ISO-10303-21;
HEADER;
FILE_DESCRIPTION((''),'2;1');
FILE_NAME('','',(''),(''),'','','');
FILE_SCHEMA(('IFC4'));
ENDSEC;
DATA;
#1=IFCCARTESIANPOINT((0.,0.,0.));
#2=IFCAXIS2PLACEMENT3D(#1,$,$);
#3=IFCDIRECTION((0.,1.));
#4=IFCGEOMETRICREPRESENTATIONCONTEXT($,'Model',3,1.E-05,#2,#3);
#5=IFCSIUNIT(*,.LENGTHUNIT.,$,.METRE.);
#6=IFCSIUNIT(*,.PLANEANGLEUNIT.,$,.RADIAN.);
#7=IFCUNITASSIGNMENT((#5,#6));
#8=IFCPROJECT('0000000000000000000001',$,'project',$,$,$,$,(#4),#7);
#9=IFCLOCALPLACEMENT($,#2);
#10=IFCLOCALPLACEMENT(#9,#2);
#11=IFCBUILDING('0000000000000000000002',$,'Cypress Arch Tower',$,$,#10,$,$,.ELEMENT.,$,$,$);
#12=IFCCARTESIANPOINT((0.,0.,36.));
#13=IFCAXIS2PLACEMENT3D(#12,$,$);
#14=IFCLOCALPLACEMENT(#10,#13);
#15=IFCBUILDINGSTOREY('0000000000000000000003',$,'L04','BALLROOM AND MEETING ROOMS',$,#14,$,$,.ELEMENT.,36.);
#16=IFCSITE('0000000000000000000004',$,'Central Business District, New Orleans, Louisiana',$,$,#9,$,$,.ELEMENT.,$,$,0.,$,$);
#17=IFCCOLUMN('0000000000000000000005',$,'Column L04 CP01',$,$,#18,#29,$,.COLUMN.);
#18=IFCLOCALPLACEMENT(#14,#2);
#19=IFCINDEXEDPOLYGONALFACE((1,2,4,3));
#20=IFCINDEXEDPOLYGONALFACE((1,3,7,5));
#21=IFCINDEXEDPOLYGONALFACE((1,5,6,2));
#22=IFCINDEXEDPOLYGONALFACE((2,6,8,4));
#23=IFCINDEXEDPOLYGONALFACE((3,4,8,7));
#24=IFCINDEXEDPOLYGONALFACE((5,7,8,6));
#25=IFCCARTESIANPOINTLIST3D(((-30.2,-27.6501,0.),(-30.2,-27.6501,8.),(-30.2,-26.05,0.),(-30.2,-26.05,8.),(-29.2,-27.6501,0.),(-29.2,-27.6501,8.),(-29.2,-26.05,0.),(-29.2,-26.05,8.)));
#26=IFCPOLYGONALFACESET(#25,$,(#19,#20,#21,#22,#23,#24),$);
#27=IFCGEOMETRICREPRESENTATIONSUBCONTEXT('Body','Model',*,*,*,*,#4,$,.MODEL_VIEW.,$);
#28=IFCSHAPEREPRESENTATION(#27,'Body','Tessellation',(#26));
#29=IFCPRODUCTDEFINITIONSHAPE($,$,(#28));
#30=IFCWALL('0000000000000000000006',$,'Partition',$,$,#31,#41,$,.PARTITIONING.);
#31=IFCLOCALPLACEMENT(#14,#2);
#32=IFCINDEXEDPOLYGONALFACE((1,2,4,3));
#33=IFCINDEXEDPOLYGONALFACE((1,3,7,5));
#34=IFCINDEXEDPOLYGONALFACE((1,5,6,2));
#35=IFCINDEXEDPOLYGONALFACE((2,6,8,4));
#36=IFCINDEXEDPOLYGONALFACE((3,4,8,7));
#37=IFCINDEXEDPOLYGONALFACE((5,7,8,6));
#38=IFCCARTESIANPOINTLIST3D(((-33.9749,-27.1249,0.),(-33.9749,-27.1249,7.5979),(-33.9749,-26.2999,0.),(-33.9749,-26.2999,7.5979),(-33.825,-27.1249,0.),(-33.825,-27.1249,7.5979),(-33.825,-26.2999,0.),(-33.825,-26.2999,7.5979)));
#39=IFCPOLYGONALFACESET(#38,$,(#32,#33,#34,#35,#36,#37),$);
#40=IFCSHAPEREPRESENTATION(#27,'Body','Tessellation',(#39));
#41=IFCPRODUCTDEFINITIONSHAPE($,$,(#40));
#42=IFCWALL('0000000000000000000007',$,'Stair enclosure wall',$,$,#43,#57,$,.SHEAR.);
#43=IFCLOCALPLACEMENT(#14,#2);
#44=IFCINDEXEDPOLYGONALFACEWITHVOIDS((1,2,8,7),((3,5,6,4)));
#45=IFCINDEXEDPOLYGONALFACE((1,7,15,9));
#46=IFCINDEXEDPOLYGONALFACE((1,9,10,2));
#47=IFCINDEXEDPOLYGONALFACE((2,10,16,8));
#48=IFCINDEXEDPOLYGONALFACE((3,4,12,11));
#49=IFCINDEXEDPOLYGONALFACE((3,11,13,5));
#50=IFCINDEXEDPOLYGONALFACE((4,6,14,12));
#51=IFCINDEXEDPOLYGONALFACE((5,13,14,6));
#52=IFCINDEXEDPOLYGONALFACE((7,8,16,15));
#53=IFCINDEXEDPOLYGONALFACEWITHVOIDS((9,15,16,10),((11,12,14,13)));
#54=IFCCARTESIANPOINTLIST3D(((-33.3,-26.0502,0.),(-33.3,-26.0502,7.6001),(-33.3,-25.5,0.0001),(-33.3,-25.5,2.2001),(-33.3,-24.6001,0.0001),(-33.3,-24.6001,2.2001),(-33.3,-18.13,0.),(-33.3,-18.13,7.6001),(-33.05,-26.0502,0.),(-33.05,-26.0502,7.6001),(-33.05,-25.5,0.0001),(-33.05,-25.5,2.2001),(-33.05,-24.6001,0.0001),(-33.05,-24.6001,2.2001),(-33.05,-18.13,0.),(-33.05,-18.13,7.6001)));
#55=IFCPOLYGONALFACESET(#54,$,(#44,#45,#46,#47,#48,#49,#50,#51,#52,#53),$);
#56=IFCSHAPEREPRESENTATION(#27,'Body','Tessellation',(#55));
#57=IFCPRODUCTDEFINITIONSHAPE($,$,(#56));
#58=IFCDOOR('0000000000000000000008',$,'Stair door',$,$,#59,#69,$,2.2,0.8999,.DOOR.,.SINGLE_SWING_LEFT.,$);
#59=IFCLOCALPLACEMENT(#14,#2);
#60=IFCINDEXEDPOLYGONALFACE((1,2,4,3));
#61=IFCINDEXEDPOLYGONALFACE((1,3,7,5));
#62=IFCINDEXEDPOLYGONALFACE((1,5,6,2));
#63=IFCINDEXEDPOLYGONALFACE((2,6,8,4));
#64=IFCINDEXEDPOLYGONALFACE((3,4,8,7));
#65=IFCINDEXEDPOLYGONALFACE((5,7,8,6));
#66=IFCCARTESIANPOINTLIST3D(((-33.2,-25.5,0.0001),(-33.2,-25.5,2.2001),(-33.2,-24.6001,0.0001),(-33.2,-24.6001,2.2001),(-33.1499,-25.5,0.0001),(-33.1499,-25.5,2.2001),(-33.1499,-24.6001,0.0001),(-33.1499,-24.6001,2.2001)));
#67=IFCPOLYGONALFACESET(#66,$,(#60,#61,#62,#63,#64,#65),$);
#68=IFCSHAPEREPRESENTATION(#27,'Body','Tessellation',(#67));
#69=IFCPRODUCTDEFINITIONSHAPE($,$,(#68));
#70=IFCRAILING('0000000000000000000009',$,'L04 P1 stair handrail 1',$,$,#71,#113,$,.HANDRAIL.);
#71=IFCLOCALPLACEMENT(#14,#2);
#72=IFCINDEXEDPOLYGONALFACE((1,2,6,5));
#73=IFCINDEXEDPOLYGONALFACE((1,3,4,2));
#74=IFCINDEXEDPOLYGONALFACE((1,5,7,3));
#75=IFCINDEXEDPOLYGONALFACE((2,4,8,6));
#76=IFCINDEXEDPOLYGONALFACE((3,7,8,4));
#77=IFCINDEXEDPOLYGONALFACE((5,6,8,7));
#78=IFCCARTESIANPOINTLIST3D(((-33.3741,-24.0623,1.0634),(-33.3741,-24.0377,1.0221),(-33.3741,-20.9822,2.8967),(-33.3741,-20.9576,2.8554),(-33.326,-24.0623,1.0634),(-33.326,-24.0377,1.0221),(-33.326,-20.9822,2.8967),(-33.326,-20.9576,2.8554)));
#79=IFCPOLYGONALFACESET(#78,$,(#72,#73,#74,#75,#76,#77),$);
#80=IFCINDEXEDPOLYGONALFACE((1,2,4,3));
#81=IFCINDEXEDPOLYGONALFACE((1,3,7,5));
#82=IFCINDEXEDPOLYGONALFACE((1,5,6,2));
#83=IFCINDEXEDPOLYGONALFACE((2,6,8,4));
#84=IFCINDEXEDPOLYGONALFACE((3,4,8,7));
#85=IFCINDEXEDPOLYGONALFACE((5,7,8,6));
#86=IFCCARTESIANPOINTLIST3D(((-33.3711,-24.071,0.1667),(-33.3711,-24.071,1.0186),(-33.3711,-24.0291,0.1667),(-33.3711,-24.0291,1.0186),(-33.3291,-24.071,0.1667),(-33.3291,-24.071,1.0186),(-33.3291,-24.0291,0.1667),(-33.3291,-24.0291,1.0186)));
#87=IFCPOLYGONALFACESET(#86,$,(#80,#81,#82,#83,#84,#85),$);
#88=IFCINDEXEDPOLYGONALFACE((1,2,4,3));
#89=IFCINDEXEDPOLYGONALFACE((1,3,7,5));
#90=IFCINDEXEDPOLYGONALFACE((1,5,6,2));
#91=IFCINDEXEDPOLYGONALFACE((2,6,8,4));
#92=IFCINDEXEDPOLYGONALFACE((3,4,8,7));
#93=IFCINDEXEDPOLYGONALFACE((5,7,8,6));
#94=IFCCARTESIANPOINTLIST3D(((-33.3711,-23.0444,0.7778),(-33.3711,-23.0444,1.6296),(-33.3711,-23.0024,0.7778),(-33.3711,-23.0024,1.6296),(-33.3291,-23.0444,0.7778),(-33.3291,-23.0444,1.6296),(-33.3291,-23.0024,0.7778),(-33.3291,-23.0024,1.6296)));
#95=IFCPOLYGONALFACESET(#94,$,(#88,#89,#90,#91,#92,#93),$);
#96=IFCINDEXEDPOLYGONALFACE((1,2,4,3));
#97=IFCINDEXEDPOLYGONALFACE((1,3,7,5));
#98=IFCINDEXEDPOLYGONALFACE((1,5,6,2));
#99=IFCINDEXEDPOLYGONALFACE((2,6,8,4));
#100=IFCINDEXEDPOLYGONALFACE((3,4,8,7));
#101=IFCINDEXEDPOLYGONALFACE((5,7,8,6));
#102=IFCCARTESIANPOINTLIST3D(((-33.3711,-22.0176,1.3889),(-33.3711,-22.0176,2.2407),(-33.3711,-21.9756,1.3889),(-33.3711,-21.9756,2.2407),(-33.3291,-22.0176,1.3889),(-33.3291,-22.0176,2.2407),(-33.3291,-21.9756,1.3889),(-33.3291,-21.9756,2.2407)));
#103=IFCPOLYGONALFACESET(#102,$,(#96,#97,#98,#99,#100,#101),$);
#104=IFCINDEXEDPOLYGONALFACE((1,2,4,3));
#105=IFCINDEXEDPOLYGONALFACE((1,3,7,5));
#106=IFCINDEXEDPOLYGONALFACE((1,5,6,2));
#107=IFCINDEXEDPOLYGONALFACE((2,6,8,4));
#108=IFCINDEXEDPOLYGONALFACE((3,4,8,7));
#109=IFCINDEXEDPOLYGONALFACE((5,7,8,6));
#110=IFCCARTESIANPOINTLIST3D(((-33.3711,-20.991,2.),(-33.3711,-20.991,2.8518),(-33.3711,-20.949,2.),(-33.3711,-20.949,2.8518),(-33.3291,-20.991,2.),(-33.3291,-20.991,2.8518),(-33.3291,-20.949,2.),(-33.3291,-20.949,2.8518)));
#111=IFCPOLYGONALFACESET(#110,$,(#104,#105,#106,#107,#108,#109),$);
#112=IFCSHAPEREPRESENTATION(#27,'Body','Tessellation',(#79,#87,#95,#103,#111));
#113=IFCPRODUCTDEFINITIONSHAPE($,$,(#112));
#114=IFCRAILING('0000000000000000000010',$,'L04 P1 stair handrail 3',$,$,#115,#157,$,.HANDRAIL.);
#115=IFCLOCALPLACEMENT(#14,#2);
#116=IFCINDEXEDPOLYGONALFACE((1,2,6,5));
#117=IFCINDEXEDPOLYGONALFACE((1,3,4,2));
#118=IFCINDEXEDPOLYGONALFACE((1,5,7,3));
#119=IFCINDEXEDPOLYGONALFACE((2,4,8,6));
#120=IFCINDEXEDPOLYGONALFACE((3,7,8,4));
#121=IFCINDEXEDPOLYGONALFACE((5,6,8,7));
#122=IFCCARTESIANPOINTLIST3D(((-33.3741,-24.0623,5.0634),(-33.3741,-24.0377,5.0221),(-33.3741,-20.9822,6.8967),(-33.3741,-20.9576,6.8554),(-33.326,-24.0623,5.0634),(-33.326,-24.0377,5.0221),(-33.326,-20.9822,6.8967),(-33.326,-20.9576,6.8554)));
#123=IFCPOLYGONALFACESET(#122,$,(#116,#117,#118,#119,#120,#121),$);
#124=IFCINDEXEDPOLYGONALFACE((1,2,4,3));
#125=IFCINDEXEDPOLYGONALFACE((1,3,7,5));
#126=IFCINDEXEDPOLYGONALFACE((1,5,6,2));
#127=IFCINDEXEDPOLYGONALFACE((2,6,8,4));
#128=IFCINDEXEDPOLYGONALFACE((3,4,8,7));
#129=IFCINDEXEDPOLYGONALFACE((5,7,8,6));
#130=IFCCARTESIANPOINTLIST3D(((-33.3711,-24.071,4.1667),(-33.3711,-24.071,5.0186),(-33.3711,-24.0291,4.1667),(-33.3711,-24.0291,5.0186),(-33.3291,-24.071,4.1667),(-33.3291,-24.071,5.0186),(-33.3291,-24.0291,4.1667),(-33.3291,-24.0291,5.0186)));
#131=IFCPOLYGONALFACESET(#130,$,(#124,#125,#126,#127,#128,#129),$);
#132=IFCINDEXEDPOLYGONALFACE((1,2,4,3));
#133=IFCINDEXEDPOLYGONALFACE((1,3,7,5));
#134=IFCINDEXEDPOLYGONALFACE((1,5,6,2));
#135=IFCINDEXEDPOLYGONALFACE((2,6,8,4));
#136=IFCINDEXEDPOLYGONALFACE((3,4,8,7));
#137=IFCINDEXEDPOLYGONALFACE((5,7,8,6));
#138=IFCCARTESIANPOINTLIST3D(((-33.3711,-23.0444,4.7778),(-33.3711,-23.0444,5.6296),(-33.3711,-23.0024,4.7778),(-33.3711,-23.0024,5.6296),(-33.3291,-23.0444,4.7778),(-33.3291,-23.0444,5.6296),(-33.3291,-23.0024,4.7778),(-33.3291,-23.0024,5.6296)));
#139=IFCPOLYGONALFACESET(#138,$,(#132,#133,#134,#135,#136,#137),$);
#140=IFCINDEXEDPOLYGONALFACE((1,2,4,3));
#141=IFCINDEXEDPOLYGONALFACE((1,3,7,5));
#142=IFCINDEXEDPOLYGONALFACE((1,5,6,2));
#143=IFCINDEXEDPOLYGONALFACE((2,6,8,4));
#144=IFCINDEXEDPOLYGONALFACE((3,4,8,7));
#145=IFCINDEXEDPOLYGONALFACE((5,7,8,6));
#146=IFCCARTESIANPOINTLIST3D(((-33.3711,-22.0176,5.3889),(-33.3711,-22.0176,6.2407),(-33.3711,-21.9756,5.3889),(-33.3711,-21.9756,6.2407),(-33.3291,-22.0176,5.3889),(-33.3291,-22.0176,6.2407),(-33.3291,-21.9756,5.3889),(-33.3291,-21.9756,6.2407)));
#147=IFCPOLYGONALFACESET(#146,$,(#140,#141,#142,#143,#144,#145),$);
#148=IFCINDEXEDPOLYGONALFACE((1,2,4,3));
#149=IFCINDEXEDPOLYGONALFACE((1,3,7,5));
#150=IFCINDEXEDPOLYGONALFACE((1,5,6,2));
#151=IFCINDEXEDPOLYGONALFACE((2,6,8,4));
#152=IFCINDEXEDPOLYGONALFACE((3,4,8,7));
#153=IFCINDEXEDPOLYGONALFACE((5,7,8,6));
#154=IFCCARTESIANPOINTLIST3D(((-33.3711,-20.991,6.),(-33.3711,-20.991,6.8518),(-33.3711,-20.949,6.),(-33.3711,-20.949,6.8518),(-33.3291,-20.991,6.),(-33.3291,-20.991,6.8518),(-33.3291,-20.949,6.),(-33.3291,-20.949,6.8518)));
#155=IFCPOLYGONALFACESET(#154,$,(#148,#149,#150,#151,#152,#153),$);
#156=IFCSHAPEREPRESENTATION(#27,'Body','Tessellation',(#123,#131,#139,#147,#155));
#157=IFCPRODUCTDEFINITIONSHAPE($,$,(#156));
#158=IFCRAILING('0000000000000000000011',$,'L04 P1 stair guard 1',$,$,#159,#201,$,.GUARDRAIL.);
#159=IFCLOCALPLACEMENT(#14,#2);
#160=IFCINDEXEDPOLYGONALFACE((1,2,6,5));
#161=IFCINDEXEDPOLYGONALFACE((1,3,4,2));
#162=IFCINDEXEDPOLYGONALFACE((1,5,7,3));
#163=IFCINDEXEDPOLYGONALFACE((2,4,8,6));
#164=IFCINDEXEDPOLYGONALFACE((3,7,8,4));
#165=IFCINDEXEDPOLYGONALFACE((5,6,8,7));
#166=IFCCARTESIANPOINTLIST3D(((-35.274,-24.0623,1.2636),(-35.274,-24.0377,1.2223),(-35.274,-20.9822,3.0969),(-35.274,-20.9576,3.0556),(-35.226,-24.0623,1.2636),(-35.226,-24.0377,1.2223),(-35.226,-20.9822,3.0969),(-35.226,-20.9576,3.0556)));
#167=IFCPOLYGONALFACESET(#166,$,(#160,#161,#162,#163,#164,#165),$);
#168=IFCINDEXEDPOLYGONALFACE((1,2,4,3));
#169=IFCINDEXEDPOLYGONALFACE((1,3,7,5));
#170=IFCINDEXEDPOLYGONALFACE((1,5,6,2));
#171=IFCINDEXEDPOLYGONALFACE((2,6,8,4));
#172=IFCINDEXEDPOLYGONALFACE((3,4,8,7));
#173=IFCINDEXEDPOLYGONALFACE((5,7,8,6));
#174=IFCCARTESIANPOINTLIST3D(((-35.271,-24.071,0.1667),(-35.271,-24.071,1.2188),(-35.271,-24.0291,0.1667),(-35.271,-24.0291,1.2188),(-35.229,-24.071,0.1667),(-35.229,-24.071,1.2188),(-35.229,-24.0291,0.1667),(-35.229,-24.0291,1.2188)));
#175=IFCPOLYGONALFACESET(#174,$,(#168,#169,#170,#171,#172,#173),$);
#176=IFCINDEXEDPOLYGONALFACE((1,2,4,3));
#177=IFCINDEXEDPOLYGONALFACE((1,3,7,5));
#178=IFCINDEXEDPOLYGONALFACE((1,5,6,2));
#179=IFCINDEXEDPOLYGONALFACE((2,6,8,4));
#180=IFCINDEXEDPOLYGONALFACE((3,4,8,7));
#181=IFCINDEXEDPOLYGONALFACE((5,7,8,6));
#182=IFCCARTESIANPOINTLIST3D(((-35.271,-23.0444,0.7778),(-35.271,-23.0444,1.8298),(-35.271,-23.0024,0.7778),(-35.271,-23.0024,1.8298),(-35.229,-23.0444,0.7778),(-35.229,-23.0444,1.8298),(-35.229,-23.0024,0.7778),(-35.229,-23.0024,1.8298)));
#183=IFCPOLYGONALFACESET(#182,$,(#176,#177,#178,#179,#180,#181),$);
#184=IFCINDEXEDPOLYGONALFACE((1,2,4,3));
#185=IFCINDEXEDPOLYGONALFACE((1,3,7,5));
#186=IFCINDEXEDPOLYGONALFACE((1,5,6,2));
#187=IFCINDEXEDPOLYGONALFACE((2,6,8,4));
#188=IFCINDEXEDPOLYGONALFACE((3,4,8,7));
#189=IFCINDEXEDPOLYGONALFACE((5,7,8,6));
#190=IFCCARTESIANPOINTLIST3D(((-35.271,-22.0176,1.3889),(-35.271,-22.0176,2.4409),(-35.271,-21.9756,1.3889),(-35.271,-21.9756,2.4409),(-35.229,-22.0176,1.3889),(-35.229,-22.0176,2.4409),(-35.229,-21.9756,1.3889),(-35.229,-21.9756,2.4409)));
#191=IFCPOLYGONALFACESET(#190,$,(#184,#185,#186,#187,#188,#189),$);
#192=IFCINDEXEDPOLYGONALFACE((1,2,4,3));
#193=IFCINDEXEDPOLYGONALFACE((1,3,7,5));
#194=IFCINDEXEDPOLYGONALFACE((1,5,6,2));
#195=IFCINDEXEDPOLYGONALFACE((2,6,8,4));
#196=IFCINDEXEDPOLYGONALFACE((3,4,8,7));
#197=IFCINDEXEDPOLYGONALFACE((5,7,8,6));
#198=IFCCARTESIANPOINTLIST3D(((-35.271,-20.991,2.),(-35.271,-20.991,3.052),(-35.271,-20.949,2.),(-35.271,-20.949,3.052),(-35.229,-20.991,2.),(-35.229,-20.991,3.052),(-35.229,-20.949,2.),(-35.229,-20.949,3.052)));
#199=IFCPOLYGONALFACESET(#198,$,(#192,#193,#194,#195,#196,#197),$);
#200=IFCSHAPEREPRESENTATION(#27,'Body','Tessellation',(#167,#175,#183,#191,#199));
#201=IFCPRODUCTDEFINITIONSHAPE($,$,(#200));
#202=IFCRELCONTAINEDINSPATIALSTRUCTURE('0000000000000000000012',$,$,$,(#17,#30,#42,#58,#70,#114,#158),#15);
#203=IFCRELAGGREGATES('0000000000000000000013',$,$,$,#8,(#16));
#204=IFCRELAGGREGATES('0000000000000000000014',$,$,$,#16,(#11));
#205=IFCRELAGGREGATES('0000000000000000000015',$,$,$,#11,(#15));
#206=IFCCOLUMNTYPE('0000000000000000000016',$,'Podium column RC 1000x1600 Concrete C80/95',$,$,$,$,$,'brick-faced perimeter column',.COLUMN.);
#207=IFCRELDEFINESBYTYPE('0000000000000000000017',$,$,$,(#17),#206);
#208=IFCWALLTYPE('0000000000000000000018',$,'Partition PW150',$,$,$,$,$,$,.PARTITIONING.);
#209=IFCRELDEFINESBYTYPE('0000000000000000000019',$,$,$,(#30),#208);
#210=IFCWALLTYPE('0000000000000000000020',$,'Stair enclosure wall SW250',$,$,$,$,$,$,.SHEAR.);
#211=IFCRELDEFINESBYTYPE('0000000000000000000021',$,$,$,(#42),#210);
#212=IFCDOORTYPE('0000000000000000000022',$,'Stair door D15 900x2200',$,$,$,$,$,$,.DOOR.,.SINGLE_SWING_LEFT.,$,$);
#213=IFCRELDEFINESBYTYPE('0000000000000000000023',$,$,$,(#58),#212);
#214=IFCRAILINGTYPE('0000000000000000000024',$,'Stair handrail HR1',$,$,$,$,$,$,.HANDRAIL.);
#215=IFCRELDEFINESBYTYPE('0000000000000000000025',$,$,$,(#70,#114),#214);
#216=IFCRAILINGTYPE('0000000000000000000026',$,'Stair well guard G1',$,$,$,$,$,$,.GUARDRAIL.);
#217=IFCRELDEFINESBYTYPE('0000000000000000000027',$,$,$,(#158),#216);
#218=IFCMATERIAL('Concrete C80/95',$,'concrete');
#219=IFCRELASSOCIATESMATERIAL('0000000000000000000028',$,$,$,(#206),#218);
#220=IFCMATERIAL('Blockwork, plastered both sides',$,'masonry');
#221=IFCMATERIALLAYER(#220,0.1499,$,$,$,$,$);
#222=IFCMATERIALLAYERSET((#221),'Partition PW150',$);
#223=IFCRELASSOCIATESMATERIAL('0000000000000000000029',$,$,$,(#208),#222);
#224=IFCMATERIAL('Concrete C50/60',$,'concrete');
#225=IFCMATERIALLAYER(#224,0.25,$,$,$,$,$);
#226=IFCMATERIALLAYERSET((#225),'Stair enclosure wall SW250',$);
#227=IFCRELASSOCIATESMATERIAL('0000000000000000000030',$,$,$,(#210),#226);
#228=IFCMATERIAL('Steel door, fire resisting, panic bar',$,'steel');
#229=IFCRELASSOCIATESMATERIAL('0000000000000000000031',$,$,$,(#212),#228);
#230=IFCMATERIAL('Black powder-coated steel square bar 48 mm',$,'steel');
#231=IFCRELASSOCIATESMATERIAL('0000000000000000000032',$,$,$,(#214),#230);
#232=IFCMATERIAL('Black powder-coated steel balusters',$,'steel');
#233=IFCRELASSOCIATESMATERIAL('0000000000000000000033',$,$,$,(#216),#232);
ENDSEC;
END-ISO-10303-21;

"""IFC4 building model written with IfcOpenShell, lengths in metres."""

from ifc_helpers import new_model, si_unit, direction, frame, frame_2d, origin, origin_2d, place, context, subcontext, project, spatial, rectangle, extrude, material, layer, layer_set, material_profile, profile_set, type_object, element, fill, save


model = new_model("IFC4")

# Units and contexts
model_context = context("Model", 3, precision=1e-05, world=origin(), true_north=direction((0.0, 1.0)))
body_context = subcontext(model_context, "Body", "Model", "MODEL_VIEW")
ifc_project = project(units=[si_unit("LENGTHUNIT", "METRE"), si_unit("PLANEANGLEUNIT", "RADIAN")], contexts=[model_context])

# Site, building, storey
site_placement = place(None, origin())
site = spatial("IfcSite", under=ifc_project, at=site_placement, Name="Central Business District, New Orleans, Louisiana", CompositionType="ELEMENT", RefElevation=0.0)
building_placement = place(site_placement, origin())
building = spatial("IfcBuilding", under=site, at=building_placement, Name="Cypress Arch Tower", CompositionType="ELEMENT")
storey_placement = place(building_placement, frame((0.0, 0.0, 36.0)))
storey = spatial("IfcBuildingStorey", under=building, at=storey_placement, Name="L04", Description="BALLROOM AND MEETING ROOMS", CompositionType="ELEMENT", Elevation=36.0)

# Column
ifc_material_1 = material(Name="Concrete C80/95", Category="concrete")
ifc_material_profile = material_profile(ifc_material_1, rectangle(XDim=1.0, YDim=1.6001, at=origin_2d()), Name="RC 1000x1600")
ifc_profile_set = profile_set([ifc_material_profile], Name="Concrete C80/95")
column_type = type_object("IfcColumnType", Name="Podium column RC 1000x1600 Concrete C80/95", ElementType="brick-faced perimeter column", PredefinedType="COLUMN", material=ifc_profile_set)
column_placement = place(storey_placement, frame((-29.7, -26.8501, 0.0), z_axis=(0.0, 0.0, 1.0), x_axis=(1.0, 0.0, 0.0)))
element("IfcColumn", 1, at=column_placement, inside=storey, type_object=column_type, Name="Column L04 CP01", PredefinedType="COLUMN", context=body_context, shape_type="SweptSolid", body=[
    extrude(rectangle(XDim=1.0, YDim=1.6001, at=origin_2d()), origin(), (0.0, 0.0, 1.0), 8.0),
])

# Wall
ifc_material_2 = material(Name="Blockwork, plastered both sides", Category="masonry")
ifc_layer_1 = layer(ifc_material_2, 0.1499)
ifc_layer_set_1 = layer_set([ifc_layer_1], Name="Partition PW150")
wall_type_1 = type_object("IfcWallType", Name="Partition PW150", PredefinedType="PARTITIONING", material=ifc_layer_set_1)
wall_1_placement = place(storey_placement, frame((-33.8999, -27.125, 0.0), z_axis=(0.0, 0.0, 1.0), x_axis=(0.0, 1.0, 0.0)))
element("IfcWall", 2, at=wall_1_placement, inside=storey, type_object=wall_type_1, Name="Partition", PredefinedType="PARTITIONING", context=body_context, shape_type="SweptSolid", body=[
    extrude(rectangle(XDim=0.825, YDim=0.1499, at=frame_2d((0.4126, 0.0))), origin(), (0.0, 0.0, 1.0), 7.5979),
])

# Wall, opening, door
ifc_material_3 = material(Name="Concrete C50/60", Category="concrete")
ifc_layer_2 = layer(ifc_material_3, 0.25)
ifc_layer_set_2 = layer_set([ifc_layer_2], Name="Stair enclosure wall SW250")
wall_type_2 = type_object("IfcWallType", Name="Stair enclosure wall SW250", PredefinedType="SHEAR", material=ifc_layer_set_2)
wall_2_placement = place(storey_placement, frame((-33.175, -26.05, 0.0), z_axis=(0.0, 0.0, 1.0), x_axis=(0.0, 1.0, 0.0)))
wall_2 = element("IfcWall", 3, at=wall_2_placement, inside=storey, type_object=wall_type_2, Name="Stair enclosure wall", PredefinedType="SHEAR", context=body_context, shape_type="SweptSolid", body=[
    extrude(rectangle(XDim=7.9202, YDim=0.25, at=frame_2d((3.96, 0.0))), origin(), (0.0, 0.0, 1.0), 7.6001),
])
opening_1_placement = place(wall_2_placement, frame((0.55, 0.0, 0.0)))
opening_1 = element("IfcOpeningElement", 4, at=opening_1_placement, cuts=wall_2, PredefinedType="OPENING", context=body_context, shape_type="SweptSolid", body=[
    extrude(rectangle(XDim=0.8999, YDim=2.2, at=frame_2d((0.45, 1.1001))), frame((0.0, 0.135, 0.0), z_axis=(0.0, -1.0, 0.0), x_axis=(1.0, 0.0, 0.0)), (0.0, 0.0, 1.0), 0.27),
])
ifc_material_4 = material(Name="Steel door, fire resisting, panic bar", Category="steel")
door_type = type_object("IfcDoorType", Name="Stair door D15 900x2200", OperationType="SINGLE_SWING_LEFT", PredefinedType="DOOR", material=ifc_material_4)
door_placement = place(opening_1_placement, origin())
door = element("IfcDoor", 5, at=door_placement, inside=storey, type_object=door_type, Name="Stair door", OperationType="SINGLE_SWING_LEFT", OverallHeight=2.2, OverallWidth=0.8999, PredefinedType="DOOR", context=body_context, shape_type="SweptSolid", body=[
    extrude(rectangle(XDim=0.8999, YDim=2.2, at=frame_2d((0.45, 1.1001))), frame((0.0, 0.0249, 0.0), z_axis=(0.0, -1.0, 0.0), x_axis=(1.0, 0.0, 0.0)), (0.0, 0.0, 1.0), 0.05),
])
fill(opening_1, door)

# Railings
ifc_material_5 = material(Name="Black powder-coated steel square bar 48 mm", Category="steel")
railing_type_1 = type_object("IfcRailingType", Name="Stair handrail HR1", PredefinedType="HANDRAIL", material=ifc_material_5)
for number, where, name in (
    (6, (-33.3501, -24.05, 0.1667), "L04 P1 stair handrail 1"),
    (7, (-33.3501, -24.05, 4.1667), "L04 P1 stair handrail 3"),
):
    element("IfcRailing", number, at=place(storey_placement, frame(where)), inside=storey, type_object=railing_type_1, Name=name, PredefinedType="HANDRAIL", context=body_context, shape_type="SweptSolid", body=[
        extrude(rectangle(XDim=0.0481, YDim=0.0481, at=origin_2d()), frame((0.0, 0.0, 0.876), z_axis=(0.0, 0.859309, 0.511458), x_axis=(-1.0, 0.0, 0.0)), (0.0, 0.0, 1.0), 3.5845),
        extrude(rectangle(XDim=0.042, YDim=0.042, at=origin_2d()), origin(), (0.0, 0.0, 1.0), 0.8518),
        extrude(rectangle(XDim=0.042, YDim=0.042, at=origin_2d()), frame((0.0, 1.0266, 0.6111)), (0.0, 0.0, 1.0), 0.8518),
        extrude(rectangle(XDim=0.042, YDim=0.042, at=origin_2d()), frame((0.0, 2.0535, 1.2222)), (0.0, 0.0, 1.0), 0.8518),
        extrude(rectangle(XDim=0.042, YDim=0.042, at=origin_2d()), frame((0.0, 3.0801, 1.8333)), (0.0, 0.0, 1.0), 0.8518),
    ])
ifc_material_6 = material(Name="Black powder-coated steel balusters", Category="steel")
railing_type_2 = type_object("IfcRailingType", Name="Stair well guard G1", PredefinedType="GUARDRAIL", material=ifc_material_6)
railing_1_placement = place(storey_placement, frame((-35.25, -24.05, 0.1667)))
element("IfcRailing", 8, at=railing_1_placement, inside=storey, type_object=railing_type_2, Name="L04 P1 stair guard 1", PredefinedType="GUARDRAIL", context=body_context, shape_type="SweptSolid", body=[
    extrude(rectangle(XDim=0.0481, YDim=0.0481, at=origin_2d()), frame((0.0, 0.0, 1.0762), z_axis=(0.0, 0.859309, 0.511458), x_axis=(-1.0, 0.0, 0.0)), (0.0, 0.0, 1.0), 3.5845),
    extrude(rectangle(XDim=0.042, YDim=0.042, at=origin_2d()), origin(), (0.0, 0.0, 1.0), 1.052),
    extrude(rectangle(XDim=0.042, YDim=0.042, at=origin_2d()), frame((0.0, 1.0266, 0.6111)), (0.0, 0.0, 1.0), 1.052),
    extrude(rectangle(XDim=0.042, YDim=0.042, at=origin_2d()), frame((0.0, 2.0535, 1.2222)), (0.0, 0.0, 1.0), 1.052),
    extrude(rectangle(XDim=0.042, YDim=0.042, at=origin_2d()), frame((0.0, 3.0801, 1.8333)), (0.0, 0.0, 1.0), 1.052),
])

save(model, "model.ifc")
